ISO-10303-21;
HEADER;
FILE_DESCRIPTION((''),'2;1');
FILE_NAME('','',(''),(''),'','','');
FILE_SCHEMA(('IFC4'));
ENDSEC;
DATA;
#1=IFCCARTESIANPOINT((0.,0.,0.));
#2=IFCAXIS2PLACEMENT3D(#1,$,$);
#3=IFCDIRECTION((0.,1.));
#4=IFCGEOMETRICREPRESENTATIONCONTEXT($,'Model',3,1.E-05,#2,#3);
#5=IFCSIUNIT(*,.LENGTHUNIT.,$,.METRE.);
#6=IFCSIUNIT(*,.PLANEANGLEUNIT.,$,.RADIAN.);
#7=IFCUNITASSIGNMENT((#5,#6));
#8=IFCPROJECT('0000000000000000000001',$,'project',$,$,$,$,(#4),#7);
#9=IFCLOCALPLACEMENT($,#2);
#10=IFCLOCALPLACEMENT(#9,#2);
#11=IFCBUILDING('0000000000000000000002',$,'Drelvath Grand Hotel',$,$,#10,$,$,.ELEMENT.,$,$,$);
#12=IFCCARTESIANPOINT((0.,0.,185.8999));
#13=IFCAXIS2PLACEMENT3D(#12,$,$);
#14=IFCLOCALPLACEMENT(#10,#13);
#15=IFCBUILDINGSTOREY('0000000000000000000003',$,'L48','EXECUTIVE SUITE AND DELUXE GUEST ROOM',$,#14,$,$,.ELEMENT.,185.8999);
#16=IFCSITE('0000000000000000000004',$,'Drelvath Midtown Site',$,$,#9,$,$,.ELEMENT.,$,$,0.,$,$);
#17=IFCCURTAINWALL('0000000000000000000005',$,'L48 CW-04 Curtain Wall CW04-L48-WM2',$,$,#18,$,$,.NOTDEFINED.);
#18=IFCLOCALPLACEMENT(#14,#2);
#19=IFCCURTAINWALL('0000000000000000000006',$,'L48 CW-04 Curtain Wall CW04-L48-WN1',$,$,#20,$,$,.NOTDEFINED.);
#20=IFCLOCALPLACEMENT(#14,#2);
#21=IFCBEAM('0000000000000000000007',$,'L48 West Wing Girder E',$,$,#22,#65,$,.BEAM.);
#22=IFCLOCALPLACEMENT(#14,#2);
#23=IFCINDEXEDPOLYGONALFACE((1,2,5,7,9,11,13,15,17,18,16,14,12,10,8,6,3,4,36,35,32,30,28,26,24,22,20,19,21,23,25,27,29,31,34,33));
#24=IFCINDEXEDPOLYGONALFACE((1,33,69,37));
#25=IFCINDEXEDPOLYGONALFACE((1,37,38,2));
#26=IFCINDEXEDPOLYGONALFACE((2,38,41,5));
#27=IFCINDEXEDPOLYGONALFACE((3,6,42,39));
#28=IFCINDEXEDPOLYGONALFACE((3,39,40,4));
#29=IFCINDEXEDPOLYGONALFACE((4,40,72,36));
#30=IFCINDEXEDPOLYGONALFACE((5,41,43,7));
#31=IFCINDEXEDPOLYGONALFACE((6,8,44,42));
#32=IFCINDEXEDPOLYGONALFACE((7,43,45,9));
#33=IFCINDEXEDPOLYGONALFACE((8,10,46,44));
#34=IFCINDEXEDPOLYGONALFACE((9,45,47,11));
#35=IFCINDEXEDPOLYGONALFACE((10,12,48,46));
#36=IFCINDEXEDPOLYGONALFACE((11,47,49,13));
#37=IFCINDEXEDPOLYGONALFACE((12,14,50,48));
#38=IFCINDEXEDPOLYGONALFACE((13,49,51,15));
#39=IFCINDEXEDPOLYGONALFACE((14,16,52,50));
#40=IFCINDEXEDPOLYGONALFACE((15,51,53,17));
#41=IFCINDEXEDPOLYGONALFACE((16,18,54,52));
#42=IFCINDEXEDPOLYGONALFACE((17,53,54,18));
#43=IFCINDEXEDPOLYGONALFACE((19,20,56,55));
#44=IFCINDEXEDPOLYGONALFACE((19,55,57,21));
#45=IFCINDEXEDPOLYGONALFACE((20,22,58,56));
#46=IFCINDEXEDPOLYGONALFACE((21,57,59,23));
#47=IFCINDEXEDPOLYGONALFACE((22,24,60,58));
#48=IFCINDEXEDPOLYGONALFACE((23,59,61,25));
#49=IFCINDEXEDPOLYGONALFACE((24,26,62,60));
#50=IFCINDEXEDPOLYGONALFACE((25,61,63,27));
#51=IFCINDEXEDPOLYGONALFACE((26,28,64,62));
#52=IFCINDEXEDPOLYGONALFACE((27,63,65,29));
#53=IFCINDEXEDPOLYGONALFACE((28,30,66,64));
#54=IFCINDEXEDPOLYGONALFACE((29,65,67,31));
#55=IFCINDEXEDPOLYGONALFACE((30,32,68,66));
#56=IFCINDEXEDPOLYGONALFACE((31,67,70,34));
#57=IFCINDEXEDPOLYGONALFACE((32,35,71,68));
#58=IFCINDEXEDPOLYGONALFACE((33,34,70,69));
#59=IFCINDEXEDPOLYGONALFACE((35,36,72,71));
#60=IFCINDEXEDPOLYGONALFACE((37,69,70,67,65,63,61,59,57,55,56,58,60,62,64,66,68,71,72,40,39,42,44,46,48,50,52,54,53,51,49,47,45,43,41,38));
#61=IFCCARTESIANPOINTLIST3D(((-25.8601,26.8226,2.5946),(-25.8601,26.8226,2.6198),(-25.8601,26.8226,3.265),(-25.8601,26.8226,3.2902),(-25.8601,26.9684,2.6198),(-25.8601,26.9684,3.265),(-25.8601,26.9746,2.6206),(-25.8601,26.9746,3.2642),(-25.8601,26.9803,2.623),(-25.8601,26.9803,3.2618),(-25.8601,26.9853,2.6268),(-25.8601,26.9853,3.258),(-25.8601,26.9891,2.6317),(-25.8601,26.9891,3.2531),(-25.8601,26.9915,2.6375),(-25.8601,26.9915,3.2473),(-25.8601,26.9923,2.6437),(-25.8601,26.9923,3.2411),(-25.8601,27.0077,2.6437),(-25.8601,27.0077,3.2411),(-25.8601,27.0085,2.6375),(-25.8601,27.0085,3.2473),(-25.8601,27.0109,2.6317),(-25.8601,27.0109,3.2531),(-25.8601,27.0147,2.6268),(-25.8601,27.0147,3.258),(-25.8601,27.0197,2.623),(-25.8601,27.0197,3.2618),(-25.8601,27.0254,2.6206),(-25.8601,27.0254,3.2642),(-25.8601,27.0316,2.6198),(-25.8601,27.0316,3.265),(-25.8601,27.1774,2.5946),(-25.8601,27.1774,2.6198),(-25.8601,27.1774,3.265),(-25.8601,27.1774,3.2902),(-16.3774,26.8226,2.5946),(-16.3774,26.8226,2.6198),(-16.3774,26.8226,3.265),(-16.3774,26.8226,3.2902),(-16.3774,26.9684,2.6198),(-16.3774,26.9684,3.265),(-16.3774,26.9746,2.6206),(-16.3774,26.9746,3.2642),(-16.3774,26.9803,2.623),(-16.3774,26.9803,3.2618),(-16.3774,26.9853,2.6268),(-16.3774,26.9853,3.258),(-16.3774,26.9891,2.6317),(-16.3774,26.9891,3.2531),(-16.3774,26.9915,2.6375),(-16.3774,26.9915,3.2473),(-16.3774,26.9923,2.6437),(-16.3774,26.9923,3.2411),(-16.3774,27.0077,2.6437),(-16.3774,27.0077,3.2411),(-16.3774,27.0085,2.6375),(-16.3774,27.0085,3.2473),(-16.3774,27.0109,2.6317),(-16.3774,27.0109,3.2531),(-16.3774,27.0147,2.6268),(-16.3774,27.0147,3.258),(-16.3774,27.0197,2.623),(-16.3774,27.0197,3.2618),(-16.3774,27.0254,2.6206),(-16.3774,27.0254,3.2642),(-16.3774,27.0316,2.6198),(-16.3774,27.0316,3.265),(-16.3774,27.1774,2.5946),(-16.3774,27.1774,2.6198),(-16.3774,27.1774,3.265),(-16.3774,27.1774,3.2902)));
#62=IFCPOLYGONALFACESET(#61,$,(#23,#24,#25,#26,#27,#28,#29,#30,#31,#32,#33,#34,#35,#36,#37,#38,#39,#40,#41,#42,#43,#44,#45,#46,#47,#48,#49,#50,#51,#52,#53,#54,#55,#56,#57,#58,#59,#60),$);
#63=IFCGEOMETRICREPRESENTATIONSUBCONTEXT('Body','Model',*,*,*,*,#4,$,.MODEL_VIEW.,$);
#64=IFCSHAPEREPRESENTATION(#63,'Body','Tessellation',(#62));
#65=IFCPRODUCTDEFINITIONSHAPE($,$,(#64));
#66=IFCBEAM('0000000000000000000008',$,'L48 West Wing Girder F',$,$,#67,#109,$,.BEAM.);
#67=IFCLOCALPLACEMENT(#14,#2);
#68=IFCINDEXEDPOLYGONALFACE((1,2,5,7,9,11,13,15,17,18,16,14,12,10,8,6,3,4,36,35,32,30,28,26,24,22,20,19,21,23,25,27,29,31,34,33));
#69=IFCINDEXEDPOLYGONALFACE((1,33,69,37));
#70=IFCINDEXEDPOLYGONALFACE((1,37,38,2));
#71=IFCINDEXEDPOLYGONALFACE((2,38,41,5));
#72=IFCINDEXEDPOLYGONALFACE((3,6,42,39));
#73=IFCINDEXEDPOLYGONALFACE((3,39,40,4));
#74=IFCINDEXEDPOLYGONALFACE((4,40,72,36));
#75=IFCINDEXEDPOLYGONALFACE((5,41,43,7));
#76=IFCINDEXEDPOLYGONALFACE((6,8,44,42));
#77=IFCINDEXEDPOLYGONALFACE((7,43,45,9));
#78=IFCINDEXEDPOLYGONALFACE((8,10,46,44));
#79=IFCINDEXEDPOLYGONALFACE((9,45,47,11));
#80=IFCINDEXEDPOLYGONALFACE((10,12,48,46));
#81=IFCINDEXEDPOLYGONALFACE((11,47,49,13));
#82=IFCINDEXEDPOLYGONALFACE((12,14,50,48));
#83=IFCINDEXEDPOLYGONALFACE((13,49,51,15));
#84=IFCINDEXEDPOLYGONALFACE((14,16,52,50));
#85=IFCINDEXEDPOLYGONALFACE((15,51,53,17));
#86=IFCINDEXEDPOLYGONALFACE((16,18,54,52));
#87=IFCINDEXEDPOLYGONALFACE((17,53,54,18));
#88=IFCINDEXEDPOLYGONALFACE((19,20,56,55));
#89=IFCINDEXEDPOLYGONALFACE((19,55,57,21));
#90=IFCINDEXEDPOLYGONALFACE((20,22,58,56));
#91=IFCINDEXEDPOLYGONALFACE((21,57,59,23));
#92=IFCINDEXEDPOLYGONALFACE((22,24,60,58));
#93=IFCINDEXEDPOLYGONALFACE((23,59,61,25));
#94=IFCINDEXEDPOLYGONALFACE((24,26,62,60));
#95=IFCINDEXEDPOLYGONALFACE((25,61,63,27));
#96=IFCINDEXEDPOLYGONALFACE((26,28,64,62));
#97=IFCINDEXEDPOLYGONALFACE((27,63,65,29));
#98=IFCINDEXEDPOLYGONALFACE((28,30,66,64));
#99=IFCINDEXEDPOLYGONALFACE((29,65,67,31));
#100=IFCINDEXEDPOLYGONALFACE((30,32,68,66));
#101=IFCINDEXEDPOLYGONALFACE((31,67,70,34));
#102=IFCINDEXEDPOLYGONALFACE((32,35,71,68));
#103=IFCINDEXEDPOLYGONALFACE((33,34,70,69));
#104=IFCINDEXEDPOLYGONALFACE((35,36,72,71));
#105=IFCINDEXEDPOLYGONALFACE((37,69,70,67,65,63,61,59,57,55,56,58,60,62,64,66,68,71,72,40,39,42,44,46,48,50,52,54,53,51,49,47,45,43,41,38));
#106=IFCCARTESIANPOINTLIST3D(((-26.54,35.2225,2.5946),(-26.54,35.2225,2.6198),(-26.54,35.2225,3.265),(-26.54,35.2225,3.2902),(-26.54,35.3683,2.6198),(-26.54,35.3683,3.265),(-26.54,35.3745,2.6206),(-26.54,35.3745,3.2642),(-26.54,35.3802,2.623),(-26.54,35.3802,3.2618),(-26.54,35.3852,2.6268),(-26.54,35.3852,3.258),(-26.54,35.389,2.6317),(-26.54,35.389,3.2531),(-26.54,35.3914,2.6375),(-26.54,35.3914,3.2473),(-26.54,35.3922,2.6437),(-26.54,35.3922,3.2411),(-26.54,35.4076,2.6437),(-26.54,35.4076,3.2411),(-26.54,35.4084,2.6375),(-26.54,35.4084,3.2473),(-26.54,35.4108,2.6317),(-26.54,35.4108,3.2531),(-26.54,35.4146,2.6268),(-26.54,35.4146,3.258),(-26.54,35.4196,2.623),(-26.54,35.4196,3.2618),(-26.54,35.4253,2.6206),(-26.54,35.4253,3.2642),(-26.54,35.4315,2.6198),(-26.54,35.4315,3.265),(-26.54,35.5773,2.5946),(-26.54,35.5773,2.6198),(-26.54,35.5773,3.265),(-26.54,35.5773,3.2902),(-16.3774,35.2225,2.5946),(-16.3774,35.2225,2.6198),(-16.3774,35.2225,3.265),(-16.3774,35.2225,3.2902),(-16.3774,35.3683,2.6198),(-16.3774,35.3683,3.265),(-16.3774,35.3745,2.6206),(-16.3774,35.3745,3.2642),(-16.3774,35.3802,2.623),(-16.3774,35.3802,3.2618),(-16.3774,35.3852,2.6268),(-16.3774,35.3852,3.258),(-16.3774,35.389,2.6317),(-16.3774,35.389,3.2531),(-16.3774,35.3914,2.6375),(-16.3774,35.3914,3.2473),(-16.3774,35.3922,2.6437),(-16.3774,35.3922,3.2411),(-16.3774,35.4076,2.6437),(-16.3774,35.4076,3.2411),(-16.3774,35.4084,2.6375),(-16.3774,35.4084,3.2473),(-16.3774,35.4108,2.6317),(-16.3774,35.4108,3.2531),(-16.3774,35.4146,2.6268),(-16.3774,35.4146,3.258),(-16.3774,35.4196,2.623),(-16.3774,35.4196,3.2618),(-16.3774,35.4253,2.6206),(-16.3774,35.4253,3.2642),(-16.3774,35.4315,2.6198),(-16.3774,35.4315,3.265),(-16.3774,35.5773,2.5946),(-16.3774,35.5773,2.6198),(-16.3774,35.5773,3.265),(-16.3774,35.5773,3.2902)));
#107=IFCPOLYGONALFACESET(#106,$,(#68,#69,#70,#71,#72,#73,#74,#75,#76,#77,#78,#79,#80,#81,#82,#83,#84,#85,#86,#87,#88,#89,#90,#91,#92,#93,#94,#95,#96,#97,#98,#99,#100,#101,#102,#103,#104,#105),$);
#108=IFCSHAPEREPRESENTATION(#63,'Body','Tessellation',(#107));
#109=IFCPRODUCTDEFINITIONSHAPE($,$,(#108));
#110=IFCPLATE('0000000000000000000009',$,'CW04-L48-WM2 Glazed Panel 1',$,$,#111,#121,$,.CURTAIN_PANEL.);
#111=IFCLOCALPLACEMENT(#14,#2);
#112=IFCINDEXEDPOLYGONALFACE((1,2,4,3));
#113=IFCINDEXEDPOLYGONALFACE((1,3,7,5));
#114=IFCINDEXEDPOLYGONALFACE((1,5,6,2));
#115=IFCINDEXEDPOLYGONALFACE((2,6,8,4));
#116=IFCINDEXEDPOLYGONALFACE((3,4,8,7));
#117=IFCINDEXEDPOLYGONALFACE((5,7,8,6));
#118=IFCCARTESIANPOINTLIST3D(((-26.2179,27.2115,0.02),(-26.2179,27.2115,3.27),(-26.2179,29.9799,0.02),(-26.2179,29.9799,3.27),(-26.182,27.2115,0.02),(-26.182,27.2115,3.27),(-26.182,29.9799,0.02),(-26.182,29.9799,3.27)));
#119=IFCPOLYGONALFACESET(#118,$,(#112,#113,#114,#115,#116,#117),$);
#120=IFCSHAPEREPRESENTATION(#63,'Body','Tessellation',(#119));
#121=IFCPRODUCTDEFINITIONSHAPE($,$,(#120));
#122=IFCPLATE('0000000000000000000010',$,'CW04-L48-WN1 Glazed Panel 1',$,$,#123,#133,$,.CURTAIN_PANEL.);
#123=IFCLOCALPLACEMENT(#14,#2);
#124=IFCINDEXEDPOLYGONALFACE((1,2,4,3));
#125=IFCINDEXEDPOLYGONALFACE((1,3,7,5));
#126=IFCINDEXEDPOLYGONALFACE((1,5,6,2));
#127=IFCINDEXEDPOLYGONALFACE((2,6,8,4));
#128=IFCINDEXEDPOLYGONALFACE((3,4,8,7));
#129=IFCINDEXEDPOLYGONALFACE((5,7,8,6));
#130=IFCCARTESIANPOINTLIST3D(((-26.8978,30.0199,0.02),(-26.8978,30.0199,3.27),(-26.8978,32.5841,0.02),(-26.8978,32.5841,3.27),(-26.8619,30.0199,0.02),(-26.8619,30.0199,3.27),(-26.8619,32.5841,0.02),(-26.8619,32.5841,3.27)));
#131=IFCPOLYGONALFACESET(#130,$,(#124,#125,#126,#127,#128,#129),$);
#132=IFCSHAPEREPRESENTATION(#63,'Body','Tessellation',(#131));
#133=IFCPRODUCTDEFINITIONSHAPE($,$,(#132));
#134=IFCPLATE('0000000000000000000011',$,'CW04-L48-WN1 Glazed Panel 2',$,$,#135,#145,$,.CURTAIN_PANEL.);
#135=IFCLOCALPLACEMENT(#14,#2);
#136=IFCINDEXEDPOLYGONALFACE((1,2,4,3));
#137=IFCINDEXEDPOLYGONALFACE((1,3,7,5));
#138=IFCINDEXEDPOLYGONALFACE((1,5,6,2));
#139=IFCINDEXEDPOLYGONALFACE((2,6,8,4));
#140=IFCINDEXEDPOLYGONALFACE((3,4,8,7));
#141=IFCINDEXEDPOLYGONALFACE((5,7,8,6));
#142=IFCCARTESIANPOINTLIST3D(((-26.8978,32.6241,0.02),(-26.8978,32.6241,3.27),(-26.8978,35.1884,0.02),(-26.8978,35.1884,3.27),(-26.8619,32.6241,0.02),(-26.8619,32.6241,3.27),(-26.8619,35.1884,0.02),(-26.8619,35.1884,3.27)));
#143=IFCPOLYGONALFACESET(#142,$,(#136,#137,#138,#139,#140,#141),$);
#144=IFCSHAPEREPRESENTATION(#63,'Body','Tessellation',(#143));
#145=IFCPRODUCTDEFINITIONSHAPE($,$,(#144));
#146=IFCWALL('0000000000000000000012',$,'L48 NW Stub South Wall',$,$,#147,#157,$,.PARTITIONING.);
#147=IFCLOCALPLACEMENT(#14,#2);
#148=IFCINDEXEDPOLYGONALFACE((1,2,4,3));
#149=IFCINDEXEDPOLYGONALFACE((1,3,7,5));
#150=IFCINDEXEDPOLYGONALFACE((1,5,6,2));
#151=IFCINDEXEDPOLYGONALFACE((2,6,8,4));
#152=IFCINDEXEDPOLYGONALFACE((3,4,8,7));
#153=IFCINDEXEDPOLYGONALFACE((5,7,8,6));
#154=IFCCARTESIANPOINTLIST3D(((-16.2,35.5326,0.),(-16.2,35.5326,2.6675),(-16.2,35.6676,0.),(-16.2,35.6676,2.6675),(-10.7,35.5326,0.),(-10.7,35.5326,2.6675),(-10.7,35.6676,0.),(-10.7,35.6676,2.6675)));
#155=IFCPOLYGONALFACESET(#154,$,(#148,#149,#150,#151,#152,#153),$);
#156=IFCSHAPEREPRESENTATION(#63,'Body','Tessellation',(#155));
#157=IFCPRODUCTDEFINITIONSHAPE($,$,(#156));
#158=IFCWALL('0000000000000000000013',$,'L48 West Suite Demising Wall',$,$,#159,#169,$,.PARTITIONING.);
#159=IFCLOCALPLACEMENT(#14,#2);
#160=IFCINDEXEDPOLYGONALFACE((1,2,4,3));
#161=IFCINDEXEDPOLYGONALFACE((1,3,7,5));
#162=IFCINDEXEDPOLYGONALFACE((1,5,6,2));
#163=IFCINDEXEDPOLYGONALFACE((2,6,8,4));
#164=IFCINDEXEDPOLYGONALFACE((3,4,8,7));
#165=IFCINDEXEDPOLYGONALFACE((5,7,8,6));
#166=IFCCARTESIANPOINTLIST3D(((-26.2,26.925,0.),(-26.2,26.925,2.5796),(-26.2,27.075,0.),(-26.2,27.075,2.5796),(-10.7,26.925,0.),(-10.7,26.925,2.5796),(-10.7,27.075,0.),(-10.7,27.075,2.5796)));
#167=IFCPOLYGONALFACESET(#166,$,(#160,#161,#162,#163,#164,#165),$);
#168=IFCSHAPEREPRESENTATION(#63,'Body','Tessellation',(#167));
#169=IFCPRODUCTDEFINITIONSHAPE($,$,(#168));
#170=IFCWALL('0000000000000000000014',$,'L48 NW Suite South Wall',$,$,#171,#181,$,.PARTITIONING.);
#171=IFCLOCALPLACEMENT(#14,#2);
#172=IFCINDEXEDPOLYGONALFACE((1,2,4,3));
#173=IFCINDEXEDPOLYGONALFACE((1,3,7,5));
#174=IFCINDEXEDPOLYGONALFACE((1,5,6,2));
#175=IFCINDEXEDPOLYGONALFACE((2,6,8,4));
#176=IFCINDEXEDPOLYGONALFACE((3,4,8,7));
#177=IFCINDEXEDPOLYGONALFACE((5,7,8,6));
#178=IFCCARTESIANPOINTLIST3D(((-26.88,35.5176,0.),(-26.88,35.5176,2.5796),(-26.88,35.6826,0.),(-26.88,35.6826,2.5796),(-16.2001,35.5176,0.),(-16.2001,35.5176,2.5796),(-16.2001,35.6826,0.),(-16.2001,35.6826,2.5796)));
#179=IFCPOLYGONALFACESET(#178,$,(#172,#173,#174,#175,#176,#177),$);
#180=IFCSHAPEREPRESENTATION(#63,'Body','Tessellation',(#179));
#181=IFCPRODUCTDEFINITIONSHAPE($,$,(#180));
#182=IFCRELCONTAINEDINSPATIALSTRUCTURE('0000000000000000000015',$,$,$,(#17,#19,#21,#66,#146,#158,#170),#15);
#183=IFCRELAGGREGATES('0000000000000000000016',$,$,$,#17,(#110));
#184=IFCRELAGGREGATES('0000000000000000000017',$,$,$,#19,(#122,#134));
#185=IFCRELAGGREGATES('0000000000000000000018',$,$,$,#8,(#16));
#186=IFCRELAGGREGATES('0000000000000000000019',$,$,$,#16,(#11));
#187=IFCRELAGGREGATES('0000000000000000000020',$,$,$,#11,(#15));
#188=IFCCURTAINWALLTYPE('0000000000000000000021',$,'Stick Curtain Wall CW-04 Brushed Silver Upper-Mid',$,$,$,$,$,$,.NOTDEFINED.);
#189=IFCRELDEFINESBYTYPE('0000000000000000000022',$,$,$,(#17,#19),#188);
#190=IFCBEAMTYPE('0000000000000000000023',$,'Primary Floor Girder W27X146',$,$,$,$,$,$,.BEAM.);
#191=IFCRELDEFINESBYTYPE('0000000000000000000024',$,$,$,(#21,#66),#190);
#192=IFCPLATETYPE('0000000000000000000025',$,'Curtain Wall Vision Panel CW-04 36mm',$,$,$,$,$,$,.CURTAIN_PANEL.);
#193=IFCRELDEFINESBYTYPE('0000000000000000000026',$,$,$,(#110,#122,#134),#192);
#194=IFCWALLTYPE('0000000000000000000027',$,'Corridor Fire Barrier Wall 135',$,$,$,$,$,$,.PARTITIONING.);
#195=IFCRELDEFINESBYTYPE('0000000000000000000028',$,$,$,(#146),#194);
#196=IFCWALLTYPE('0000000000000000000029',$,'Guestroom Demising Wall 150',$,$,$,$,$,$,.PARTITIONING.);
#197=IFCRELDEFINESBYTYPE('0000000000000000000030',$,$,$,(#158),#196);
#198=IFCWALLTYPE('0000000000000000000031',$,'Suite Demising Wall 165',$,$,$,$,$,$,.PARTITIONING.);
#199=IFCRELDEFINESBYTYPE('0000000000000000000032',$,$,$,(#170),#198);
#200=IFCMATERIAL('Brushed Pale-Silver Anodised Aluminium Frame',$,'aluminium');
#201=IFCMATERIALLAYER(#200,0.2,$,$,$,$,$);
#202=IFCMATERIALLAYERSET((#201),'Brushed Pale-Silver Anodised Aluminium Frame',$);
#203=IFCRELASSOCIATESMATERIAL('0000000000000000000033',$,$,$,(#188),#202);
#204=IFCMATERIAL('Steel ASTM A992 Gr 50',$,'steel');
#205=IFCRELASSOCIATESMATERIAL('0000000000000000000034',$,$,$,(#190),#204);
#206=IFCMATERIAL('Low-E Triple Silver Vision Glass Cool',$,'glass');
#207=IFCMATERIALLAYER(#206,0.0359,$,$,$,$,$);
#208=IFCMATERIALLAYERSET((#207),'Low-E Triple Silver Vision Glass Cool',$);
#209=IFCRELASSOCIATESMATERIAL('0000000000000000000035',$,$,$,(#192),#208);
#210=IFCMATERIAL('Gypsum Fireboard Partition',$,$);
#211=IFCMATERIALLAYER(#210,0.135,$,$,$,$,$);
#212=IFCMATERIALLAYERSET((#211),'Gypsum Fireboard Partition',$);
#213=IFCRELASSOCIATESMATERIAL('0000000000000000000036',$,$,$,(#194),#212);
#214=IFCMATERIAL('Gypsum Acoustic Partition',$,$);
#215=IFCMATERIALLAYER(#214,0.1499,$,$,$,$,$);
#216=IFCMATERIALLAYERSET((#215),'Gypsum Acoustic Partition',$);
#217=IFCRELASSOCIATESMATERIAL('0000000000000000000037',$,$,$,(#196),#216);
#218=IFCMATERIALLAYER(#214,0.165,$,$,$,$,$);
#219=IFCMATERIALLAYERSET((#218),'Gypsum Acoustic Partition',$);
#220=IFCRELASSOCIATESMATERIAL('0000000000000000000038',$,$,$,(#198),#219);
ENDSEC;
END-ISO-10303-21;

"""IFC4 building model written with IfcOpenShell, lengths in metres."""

from ifc_helpers import new_model, si_unit, direction, frame, frame_2d, origin, origin_2d, place, context, subcontext, project, spatial, rectangle, i_section, extrude, material, layer, layer_set, material_profile, profile_set, type_object, element, aggregate, save


model = new_model("IFC4")

# Units and contexts
model_context = context("Model", 3, precision=1e-05, world=origin(), true_north=direction((0.0, 1.0)))
body_context = subcontext(model_context, "Body", "Model", "MODEL_VIEW")
ifc_project = project(units=[si_unit("LENGTHUNIT", "METRE"), si_unit("PLANEANGLEUNIT", "RADIAN")], contexts=[model_context])

# Site, building, storey
site_placement = place(None, origin())
site = spatial("IfcSite", under=ifc_project, at=site_placement, Name="Drelvath Midtown Site", CompositionType="ELEMENT", RefElevation=0.0)
building_placement = place(site_placement, origin())
building = spatial("IfcBuilding", under=site, at=building_placement, Name="Drelvath Grand Hotel", CompositionType="ELEMENT")
storey_placement = place(building_placement, frame((0.0, 0.0, 185.8999)))
storey = spatial("IfcBuildingStorey", under=building, at=storey_placement, Name="L48", Description="EXECUTIVE SUITE AND DELUXE GUEST ROOM", CompositionType="ELEMENT", Elevation=185.8999)

# Curtain walls
ifc_material_1 = material(Name="Brushed Pale-Silver Anodised Aluminium Frame", Category="aluminium")
ifc_layer_1 = layer(ifc_material_1, 0.2)
ifc_layer_set_1 = layer_set([ifc_layer_1], Name="Brushed Pale-Silver Anodised Aluminium Frame")
curtain_wall_type = type_object("IfcCurtainWallType", Name="Stick Curtain Wall CW-04 Brushed Silver Upper-Mid", PredefinedType="NOTDEFINED", material=ifc_layer_set_1)
curtain_wall_1_placement = place(storey_placement, origin())
curtain_wall_1 = element("IfcCurtainWall", 1, at=curtain_wall_1_placement, inside=storey, type_object=curtain_wall_type, Name="L48 CW-04 Curtain Wall CW04-L48-WM2", PredefinedType="NOTDEFINED")
curtain_wall_2_placement = place(storey_placement, origin())
curtain_wall_2 = element("IfcCurtainWall", 2, at=curtain_wall_2_placement, inside=storey, type_object=curtain_wall_type, Name="L48 CW-04 Curtain Wall CW04-L48-WN1", PredefinedType="NOTDEFINED")

# Beams
ifc_material_2 = material(Name="Steel ASTM A992 Gr 50", Category="steel")
ifc_material_profile_1 = material_profile(ifc_material_2, i_section(OverallWidth=0.3547, OverallDepth=0.6956, WebThickness=0.0154, FlangeThickness=0.0251, FilletRadius=0.0239, at=origin_2d()), Name="W27X146")
ifc_profile_set_1 = profile_set([ifc_material_profile_1], Name="Steel ASTM A992 Gr 50")
beam_type_1 = type_object("IfcBeamType", Name="Primary Floor Girder W27X146", PredefinedType="BEAM", material=ifc_profile_set_1)
beam_1_placement = place(storey_placement, frame((-25.8601, 27.0, 2.9424), z_axis=(1.0, 0.0, 0.0), x_axis=(0.0, 1.0, 0.0)))
element("IfcBeam", 3, at=beam_1_placement, inside=storey, type_object=beam_type_1, Name="L48 West Wing Girder E", PredefinedType="BEAM", context=body_context, shape_type="SweptSolid", body=[
    extrude(i_section(OverallWidth=0.3547, OverallDepth=0.6956, WebThickness=0.0154, FlangeThickness=0.0251, FilletRadius=0.0239, at=origin_2d()), origin(), (0.0, 0.0, 1.0), 9.4827),
])
beam_2_placement = place(storey_placement, frame((-26.54, 35.3999, 2.9424), z_axis=(1.0, 0.0, 0.0), x_axis=(0.0, 1.0, 0.0)))
element("IfcBeam", 4, at=beam_2_placement, inside=storey, type_object=beam_type_1, Name="L48 West Wing Girder F", PredefinedType="BEAM", context=body_context, shape_type="SweptSolid", body=[
    extrude(i_section(OverallWidth=0.3547, OverallDepth=0.6956, WebThickness=0.0154, FlangeThickness=0.0251, FilletRadius=0.0239, at=origin_2d()), origin(), (0.0, 0.0, 1.0), 10.1626),
])

# Plates
ifc_material_3 = material(Name="Low-E Triple Silver Vision Glass Cool", Category="glass")
ifc_layer_2 = layer(ifc_material_3, 0.0359)
ifc_layer_set_2 = layer_set([ifc_layer_2], Name="Low-E Triple Silver Vision Glass Cool")
plate_type = type_object("IfcPlateType", Name="Curtain Wall Vision Panel CW-04 36mm", PredefinedType="CURTAIN_PANEL", material=ifc_layer_set_2)
plate_1_placement = place(storey_placement, frame((-26.2, 28.5957, 0.02), z_axis=(0.0, 0.0, 1.0), x_axis=(0.0, 1.0, 0.0)))
plate_1 = element("IfcPlate", 5, at=plate_1_placement, type_object=plate_type, Name="CW04-L48-WM2 Glazed Panel 1", PredefinedType="CURTAIN_PANEL", context=body_context, shape_type="SweptSolid", body=[
    extrude(rectangle(XDim=2.7683, YDim=0.0359, at=origin_2d()), origin(), (0.0, 0.0, 1.0), 3.25),
])
aggregate(curtain_wall_1, [plate_1])
plate_2_placement = place(storey_placement, frame((-26.8799, 31.302, 0.02), z_axis=(0.0, 0.0, 1.0), x_axis=(0.0, 1.0, 0.0)))
plate_2 = element("IfcPlate", 6, at=plate_2_placement, type_object=plate_type, Name="CW04-L48-WN1 Glazed Panel 1", PredefinedType="CURTAIN_PANEL", context=body_context, shape_type="SweptSolid", body=[
    extrude(rectangle(XDim=2.5642, YDim=0.0359, at=origin_2d()), origin(), (0.0, 0.0, 1.0), 3.25),
])
plate_3_placement = place(storey_placement, frame((-26.8799, 33.9062, 0.02), z_axis=(0.0, 0.0, 1.0), x_axis=(0.0, 1.0, 0.0)))
plate_3 = element("IfcPlate", 7, at=plate_3_placement, type_object=plate_type, Name="CW04-L48-WN1 Glazed Panel 2", PredefinedType="CURTAIN_PANEL", context=body_context, shape_type="SweptSolid", body=[
    extrude(rectangle(XDim=2.5642, YDim=0.0359, at=origin_2d()), origin(), (0.0, 0.0, 1.0), 3.25),
])
aggregate(curtain_wall_2, [plate_2, plate_3])

# Wall
ifc_material_4 = material(Name="Gypsum Fireboard Partition")
ifc_layer_3 = layer(ifc_material_4, 0.135)
ifc_layer_set_3 = layer_set([ifc_layer_3], Name="Gypsum Fireboard Partition")
wall_type_1 = type_object("IfcWallType", Name="Corridor Fire Barrier Wall 135", PredefinedType="PARTITIONING", material=ifc_layer_set_3)
wall_1_placement = place(storey_placement, frame((-16.2, 35.6001, 0.0), z_axis=(0.0, 0.0, 1.0), x_axis=(1.0, 0.0, 0.0)))
element("IfcWall", 8, at=wall_1_placement, inside=storey, type_object=wall_type_1, Name="L48 NW Stub South Wall", PredefinedType="PARTITIONING", context=body_context, shape_type="SweptSolid", body=[
    extrude(rectangle(XDim=5.5, YDim=0.135, at=frame_2d((2.75, 0.0))), origin(), (0.0, 0.0, 1.0), 2.6675),
])

# Walls
ifc_material_5 = material(Name="Gypsum Acoustic Partition")
ifc_layer_4 = layer(ifc_material_5, 0.1499)
ifc_layer_set_4 = layer_set([ifc_layer_4], Name="Gypsum Acoustic Partition")
wall_type_2 = type_object("IfcWallType", Name="Guestroom Demising Wall 150", PredefinedType="PARTITIONING", material=ifc_layer_set_4)
wall_2_placement = place(storey_placement, frame((-26.2, 27.0, 0.0), z_axis=(0.0, 0.0, 1.0), x_axis=(1.0, 0.0, 0.0)))
element("IfcWall", 9, at=wall_2_placement, inside=storey, type_object=wall_type_2, Name="L48 West Suite Demising Wall", PredefinedType="PARTITIONING", context=body_context, shape_type="SweptSolid", body=[
    extrude(rectangle(XDim=15.5, YDim=0.1499, at=frame_2d((7.75, 0.0))), origin(), (0.0, 0.0, 1.0), 2.5796),
])
ifc_layer_5 = layer(ifc_material_5, 0.165)
ifc_layer_set_5 = layer_set([ifc_layer_5], Name="Gypsum Acoustic Partition")
wall_type_3 = type_object("IfcWallType", Name="Suite Demising Wall 165", PredefinedType="PARTITIONING", material=ifc_layer_set_5)
wall_3_placement = place(storey_placement, frame((-26.8799, 35.6001, 0.0), z_axis=(0.0, 0.0, 1.0), x_axis=(1.0, 0.0, 0.0)))
element("IfcWall", 10, at=wall_3_placement, inside=storey, type_object=wall_type_3, Name="L48 NW Suite South Wall", PredefinedType="PARTITIONING", context=body_context, shape_type="SweptSolid", body=[
    extrude(rectangle(XDim=10.6799, YDim=0.165, at=frame_2d((5.3398, 0.0))), origin(), (0.0, 0.0, 1.0), 2.5796),
])

save(model, "model.ifc")
